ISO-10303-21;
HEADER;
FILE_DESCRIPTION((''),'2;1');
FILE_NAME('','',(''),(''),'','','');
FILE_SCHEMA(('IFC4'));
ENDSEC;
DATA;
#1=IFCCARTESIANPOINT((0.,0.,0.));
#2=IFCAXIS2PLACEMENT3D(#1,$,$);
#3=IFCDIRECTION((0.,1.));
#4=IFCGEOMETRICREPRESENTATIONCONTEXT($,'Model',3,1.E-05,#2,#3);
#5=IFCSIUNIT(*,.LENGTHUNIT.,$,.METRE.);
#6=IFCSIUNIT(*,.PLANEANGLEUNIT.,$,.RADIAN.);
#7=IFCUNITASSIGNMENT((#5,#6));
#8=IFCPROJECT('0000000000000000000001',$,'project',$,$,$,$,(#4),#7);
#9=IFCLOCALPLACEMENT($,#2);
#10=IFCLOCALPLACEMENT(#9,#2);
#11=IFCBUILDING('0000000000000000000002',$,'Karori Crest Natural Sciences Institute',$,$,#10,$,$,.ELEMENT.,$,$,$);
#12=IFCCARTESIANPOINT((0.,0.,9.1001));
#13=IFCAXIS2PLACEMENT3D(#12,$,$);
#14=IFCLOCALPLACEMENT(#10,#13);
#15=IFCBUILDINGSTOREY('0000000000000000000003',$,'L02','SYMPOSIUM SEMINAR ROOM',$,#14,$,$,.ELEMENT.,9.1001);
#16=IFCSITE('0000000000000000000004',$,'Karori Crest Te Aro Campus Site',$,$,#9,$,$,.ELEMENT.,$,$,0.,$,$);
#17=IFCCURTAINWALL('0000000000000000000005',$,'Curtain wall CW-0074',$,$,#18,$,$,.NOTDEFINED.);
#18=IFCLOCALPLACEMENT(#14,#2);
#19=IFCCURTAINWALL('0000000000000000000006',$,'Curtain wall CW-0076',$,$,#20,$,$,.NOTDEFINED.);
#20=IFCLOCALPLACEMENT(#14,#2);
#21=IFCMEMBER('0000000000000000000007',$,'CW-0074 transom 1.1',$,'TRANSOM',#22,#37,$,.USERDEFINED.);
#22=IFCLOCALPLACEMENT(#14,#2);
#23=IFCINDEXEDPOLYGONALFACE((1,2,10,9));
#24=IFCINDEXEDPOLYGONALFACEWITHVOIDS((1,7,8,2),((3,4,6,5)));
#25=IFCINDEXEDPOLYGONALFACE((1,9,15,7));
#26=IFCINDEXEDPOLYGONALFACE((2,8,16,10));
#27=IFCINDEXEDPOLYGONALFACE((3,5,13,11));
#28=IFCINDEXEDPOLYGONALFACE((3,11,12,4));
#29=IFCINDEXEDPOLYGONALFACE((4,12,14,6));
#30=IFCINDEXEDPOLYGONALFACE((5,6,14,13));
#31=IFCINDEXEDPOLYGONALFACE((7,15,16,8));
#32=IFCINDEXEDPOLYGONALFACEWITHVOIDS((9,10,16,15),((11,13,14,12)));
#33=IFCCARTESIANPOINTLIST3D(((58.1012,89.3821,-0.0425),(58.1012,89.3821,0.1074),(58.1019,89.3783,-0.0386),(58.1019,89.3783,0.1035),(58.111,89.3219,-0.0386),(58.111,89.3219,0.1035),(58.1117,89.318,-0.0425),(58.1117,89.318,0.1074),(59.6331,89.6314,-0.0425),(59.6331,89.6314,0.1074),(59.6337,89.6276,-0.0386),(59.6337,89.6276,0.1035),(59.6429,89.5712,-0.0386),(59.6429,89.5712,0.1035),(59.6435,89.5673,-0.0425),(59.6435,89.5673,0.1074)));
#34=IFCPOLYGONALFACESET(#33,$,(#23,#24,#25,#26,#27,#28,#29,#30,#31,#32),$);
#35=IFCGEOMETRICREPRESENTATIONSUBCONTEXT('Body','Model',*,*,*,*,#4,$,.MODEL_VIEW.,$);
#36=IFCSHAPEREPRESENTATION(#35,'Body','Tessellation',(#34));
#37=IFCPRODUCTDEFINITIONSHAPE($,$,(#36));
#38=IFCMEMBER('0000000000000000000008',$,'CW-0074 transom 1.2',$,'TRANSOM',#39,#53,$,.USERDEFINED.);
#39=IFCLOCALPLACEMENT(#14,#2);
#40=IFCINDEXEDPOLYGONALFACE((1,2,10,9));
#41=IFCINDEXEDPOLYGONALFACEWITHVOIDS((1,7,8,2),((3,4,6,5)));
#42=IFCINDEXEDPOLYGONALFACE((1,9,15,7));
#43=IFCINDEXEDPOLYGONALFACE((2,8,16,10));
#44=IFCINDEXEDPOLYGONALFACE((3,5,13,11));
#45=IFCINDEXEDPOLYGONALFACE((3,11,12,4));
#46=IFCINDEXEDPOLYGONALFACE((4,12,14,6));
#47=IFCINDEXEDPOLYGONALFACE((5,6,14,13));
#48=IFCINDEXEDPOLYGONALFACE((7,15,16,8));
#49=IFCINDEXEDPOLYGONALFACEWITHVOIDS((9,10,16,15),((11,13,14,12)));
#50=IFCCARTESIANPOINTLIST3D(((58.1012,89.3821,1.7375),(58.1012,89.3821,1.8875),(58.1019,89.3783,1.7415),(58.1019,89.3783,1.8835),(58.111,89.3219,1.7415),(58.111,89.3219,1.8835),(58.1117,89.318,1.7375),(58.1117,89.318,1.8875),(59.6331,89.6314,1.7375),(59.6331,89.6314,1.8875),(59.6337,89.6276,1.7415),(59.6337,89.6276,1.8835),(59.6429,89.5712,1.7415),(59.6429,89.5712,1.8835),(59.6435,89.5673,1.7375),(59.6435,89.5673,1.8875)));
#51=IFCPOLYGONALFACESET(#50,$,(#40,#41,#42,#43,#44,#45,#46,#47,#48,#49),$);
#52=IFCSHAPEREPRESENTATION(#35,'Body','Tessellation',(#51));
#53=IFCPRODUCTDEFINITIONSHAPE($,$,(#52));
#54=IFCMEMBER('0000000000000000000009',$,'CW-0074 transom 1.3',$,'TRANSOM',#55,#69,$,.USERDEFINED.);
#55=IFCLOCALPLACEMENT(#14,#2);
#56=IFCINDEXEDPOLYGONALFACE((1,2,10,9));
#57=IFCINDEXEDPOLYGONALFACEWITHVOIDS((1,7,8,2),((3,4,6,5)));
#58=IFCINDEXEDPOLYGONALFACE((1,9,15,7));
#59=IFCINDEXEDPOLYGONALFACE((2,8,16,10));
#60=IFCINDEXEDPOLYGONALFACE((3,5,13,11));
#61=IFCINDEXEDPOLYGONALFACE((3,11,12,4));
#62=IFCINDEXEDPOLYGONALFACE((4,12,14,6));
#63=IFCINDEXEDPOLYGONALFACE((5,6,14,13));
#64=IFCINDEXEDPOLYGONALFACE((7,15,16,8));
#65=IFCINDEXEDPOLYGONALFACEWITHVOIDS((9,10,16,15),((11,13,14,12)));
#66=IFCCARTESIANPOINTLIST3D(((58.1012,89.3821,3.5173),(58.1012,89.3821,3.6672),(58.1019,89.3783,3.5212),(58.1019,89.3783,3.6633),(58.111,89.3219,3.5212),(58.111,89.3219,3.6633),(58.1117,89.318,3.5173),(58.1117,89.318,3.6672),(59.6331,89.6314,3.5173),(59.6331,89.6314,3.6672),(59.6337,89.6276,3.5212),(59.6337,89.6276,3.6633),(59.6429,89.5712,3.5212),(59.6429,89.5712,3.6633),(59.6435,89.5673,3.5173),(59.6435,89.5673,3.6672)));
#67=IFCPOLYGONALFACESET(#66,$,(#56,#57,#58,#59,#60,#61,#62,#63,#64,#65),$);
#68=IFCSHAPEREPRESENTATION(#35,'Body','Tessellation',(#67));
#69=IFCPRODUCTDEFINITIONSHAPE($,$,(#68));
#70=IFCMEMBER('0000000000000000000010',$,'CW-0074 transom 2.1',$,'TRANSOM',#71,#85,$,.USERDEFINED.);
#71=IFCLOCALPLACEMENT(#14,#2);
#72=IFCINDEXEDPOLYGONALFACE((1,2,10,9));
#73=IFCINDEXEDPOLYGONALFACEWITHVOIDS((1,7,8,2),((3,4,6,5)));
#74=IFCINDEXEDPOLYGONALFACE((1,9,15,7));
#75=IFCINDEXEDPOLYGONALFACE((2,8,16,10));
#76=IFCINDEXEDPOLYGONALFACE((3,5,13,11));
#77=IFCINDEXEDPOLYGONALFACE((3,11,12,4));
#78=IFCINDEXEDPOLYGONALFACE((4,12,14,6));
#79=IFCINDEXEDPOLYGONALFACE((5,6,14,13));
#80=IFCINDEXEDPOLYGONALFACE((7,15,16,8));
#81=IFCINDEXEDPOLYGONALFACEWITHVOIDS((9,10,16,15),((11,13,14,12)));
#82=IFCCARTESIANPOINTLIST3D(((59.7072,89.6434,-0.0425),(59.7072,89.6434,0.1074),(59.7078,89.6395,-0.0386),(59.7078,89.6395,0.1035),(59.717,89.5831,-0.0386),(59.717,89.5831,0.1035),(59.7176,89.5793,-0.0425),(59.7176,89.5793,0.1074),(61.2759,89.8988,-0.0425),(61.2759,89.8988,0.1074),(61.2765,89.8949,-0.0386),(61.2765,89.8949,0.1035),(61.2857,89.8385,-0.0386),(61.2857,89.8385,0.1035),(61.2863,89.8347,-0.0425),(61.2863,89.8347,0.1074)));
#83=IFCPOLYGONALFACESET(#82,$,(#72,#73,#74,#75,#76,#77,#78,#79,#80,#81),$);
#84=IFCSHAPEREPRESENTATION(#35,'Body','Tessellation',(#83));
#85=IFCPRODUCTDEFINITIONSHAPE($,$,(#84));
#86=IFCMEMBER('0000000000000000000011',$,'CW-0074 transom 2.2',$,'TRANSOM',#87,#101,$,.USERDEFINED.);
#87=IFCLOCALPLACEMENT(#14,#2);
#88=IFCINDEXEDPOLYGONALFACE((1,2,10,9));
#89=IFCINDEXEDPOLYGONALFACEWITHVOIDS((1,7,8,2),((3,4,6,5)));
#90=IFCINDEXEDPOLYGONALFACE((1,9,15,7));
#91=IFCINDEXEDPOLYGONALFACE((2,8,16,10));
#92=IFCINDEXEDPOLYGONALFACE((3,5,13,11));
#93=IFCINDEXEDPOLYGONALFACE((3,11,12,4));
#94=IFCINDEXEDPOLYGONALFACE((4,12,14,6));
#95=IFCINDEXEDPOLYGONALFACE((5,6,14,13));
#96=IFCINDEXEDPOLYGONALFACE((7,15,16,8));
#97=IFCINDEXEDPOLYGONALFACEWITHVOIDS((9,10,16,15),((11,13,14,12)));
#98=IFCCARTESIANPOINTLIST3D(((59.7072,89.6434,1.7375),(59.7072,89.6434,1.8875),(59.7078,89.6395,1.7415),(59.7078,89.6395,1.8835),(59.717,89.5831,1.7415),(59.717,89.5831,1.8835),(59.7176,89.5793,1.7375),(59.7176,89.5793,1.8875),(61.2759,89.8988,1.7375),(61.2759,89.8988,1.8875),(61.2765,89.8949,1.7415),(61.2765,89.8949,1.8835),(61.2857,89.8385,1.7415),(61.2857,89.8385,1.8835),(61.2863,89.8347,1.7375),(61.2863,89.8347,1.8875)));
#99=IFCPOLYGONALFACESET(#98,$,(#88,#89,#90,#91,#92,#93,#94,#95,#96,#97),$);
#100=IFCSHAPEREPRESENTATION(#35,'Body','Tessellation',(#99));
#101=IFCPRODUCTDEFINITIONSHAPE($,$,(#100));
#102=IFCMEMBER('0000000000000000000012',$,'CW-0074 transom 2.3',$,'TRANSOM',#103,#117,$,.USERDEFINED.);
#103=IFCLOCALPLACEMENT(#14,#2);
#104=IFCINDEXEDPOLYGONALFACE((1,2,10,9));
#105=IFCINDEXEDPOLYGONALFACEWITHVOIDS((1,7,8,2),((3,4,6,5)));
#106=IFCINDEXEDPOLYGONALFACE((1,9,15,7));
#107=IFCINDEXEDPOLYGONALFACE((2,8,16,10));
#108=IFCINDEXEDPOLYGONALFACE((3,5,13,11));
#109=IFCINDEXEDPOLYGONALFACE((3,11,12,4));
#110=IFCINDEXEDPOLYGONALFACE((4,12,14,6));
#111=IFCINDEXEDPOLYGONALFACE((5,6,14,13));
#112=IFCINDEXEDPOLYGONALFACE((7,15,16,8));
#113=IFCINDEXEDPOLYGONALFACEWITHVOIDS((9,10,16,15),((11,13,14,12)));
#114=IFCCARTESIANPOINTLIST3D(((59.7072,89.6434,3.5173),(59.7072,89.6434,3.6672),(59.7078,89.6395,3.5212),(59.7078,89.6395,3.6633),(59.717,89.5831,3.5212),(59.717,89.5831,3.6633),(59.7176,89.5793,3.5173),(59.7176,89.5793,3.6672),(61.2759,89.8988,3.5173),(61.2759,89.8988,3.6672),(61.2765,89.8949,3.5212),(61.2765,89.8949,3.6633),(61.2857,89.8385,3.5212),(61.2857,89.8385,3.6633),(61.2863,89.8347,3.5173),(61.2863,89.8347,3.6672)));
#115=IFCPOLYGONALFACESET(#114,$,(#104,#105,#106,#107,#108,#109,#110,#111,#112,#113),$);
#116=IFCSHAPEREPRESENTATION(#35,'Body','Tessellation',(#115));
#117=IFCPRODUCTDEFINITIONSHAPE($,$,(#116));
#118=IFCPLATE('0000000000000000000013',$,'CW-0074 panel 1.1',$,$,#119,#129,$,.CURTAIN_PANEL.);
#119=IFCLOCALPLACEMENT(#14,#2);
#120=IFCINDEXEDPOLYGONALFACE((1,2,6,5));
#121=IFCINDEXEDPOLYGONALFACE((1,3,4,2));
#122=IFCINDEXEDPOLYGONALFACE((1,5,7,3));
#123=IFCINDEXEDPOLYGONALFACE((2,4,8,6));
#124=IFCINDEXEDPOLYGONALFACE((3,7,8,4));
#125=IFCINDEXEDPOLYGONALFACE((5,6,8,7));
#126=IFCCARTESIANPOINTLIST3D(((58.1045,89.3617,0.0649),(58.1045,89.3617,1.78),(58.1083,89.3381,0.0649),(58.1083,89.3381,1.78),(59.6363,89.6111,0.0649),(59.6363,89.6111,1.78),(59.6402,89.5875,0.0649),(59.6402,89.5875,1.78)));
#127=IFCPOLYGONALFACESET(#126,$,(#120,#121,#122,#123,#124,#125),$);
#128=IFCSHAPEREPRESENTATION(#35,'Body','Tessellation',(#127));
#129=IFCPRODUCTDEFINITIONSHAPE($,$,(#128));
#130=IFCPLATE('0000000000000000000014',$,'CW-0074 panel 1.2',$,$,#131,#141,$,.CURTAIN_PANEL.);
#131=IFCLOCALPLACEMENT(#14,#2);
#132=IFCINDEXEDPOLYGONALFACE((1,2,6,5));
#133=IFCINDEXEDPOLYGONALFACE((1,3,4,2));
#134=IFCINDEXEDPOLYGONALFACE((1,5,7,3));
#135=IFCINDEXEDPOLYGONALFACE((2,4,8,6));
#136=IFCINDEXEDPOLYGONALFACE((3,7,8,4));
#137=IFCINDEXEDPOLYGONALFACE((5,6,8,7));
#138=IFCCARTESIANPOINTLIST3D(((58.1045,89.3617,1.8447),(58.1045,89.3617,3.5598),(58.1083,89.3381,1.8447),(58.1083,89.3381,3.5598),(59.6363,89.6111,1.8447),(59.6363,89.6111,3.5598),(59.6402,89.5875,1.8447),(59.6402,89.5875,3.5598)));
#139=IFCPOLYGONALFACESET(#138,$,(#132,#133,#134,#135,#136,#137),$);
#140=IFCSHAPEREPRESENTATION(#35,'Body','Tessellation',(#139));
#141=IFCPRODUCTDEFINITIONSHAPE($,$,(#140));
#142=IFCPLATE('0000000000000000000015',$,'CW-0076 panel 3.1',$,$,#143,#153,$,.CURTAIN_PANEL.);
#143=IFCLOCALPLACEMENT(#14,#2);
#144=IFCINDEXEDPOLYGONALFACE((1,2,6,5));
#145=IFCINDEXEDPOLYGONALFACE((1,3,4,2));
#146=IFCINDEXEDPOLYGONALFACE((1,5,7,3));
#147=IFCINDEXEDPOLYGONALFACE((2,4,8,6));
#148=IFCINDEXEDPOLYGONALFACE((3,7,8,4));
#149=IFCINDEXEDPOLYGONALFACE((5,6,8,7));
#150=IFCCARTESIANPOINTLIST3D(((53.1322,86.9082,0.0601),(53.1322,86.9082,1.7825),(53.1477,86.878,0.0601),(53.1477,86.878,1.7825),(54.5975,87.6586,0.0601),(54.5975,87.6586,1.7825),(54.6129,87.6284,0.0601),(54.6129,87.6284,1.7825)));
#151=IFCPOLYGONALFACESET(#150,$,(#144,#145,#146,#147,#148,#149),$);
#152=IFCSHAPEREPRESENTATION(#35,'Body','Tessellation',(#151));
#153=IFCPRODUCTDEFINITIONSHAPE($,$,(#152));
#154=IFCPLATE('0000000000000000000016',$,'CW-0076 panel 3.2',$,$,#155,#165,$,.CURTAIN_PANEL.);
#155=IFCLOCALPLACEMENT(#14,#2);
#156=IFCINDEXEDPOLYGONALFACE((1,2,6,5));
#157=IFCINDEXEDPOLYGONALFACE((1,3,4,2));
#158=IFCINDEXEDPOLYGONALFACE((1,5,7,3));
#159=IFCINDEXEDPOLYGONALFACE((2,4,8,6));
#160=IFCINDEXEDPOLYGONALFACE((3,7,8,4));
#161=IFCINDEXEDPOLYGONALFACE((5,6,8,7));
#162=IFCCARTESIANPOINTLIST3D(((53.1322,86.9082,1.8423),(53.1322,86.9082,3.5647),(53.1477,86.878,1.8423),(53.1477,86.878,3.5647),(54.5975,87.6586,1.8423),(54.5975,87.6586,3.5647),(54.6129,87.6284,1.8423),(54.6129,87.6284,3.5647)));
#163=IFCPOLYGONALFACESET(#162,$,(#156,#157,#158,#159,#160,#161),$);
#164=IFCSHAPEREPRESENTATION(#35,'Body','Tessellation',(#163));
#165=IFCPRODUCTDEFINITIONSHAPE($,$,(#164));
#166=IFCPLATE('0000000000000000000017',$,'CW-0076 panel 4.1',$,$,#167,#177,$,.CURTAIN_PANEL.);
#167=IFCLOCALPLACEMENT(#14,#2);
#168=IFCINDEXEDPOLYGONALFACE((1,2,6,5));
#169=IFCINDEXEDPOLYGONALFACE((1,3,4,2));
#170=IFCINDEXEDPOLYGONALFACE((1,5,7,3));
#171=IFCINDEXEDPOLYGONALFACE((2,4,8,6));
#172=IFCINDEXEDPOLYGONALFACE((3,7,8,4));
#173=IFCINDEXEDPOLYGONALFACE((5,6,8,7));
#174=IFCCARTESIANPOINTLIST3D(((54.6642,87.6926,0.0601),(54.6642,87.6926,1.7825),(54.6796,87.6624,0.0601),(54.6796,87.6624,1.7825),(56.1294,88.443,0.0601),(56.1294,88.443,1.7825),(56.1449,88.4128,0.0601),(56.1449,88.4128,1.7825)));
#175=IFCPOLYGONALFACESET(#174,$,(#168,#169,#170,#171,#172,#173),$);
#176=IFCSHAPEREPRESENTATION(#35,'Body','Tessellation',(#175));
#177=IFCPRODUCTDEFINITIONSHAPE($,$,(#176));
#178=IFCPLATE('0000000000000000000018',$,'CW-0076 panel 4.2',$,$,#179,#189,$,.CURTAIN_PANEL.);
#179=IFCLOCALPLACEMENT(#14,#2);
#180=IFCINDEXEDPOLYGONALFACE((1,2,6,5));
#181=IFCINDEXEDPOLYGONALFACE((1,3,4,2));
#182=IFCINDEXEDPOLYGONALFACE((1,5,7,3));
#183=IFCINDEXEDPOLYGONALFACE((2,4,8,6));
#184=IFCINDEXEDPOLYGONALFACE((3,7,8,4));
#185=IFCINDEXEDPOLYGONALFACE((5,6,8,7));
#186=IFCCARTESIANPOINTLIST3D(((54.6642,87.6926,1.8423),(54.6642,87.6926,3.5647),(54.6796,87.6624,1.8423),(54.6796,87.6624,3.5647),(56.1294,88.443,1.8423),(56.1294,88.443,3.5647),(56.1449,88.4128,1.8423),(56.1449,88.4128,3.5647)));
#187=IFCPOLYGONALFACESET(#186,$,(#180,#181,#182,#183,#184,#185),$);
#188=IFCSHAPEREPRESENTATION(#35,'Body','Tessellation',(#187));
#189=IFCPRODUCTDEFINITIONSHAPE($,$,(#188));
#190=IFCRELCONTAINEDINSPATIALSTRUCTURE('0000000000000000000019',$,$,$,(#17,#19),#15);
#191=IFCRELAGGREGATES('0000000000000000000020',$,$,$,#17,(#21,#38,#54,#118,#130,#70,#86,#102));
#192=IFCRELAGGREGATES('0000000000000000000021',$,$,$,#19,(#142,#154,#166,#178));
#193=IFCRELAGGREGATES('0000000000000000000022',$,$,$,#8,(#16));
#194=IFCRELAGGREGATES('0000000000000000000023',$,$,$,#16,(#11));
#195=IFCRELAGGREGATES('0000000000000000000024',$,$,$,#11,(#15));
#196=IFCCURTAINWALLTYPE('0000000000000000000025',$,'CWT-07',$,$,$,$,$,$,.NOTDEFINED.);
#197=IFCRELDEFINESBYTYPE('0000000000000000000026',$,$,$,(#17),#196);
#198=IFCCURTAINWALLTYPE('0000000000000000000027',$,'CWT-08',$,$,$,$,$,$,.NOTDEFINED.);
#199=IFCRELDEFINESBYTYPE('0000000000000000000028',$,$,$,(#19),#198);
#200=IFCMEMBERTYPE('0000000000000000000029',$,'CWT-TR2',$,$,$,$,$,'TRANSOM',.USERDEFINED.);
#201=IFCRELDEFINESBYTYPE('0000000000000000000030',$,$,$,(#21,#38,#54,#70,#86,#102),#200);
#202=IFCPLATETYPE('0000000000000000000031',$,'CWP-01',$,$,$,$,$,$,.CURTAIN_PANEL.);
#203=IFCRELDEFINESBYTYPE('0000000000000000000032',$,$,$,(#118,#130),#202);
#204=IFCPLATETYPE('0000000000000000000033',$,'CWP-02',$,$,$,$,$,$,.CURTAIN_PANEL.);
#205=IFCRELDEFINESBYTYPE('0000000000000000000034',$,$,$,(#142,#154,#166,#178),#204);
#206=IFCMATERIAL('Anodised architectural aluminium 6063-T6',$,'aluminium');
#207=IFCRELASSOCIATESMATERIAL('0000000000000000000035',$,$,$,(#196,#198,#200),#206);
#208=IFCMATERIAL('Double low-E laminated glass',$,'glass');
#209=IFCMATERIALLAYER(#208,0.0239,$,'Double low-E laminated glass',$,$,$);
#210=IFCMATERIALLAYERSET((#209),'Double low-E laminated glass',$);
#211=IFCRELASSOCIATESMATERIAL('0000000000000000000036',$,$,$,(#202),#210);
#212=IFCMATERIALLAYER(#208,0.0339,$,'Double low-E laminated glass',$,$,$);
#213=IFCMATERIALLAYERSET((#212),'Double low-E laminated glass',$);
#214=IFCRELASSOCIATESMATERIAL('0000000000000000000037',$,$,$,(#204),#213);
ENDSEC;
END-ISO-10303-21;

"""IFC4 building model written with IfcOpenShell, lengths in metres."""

from ifc_helpers import new_model, si_unit, direction, frame, origin, origin_2d, place, context, subcontext, project, spatial, rectangle, hollow_rectangle, extrude, material, layer, layer_set, material_profile, profile_set, type_object, element, aggregate, save


model = new_model("IFC4")

# Units and contexts
model_context = context("Model", 3, precision=1e-05, world=origin(), true_north=direction((0.0, 1.0)))
body_context = subcontext(model_context, "Body", "Model", "MODEL_VIEW")
ifc_project = project(units=[si_unit("LENGTHUNIT", "METRE"), si_unit("PLANEANGLEUNIT", "RADIAN")], contexts=[model_context])

# Site, building, storey
site_placement = place(None, origin())
site = spatial("IfcSite", under=ifc_project, at=site_placement, Name="Karori Crest Te Aro Campus Site", CompositionType="ELEMENT", RefElevation=0.0)
building_placement = place(site_placement, origin())
building = spatial("IfcBuilding", under=site, at=building_placement, Name="Karori Crest Natural Sciences Institute", CompositionType="ELEMENT")
storey_placement = place(building_placement, frame((0.0, 0.0, 9.1001)))
storey = spatial("IfcBuildingStorey", under=building, at=storey_placement, Name="L02", Description="SYMPOSIUM SEMINAR ROOM", CompositionType="ELEMENT", Elevation=9.1001)

# Curtain walls
ifc_material_1 = material(Name="Anodised architectural aluminium 6063-T6", Category="aluminium")
curtain_wall_type_1 = type_object("IfcCurtainWallType", Name="CWT-07", PredefinedType="NOTDEFINED", material=ifc_material_1)
curtain_wall_1_placement = place(storey_placement, origin())
curtain_wall_1 = element("IfcCurtainWall", 1, at=curtain_wall_1_placement, inside=storey, type_object=curtain_wall_type_1, Name="Curtain wall CW-0074", PredefinedType="NOTDEFINED")
curtain_wall_type_2 = type_object("IfcCurtainWallType", Name="CWT-08", PredefinedType="NOTDEFINED", material=ifc_material_1)
curtain_wall_2_placement = place(storey_placement, origin())
curtain_wall_2 = element("IfcCurtainWall", 2, at=curtain_wall_2_placement, inside=storey, type_object=curtain_wall_type_2, Name="Curtain wall CW-0076", PredefinedType="NOTDEFINED")

# Members
ifc_material_profile_1 = material_profile(ifc_material_1, hollow_rectangle(XDim=0.0649, YDim=0.1499, WallThickness=0.0039, at=origin_2d()), Name="CWT150x65x4")
ifc_profile_set_1 = profile_set([ifc_material_profile_1], Name="Anodised architectural aluminium 6063-T6")
member_type_1 = type_object("IfcMemberType", Name="CWT-TR2", ElementType="TRANSOM", PredefinedType="USERDEFINED", material=ifc_profile_set_1)
member_1_placement = place(storey_placement, frame((58.1064, 89.3501, 0.0325), z_axis=(0.987016, 0.160622, 0.0), x_axis=(-0.160622, 0.987016, 0.0)))
member_1 = element("IfcMember", 3, at=member_1_placement, type_object=member_type_1, Name="CW-0074 transom 1.1", ObjectType="TRANSOM", PredefinedType="USERDEFINED", context=body_context, shape_type="SweptSolid", body=[
    extrude(hollow_rectangle(XDim=0.0649, YDim=0.1499, WallThickness=0.0039, at=origin_2d()), origin(), (0.0, 0.0, 1.0), 1.552),
])
member_2_placement = place(storey_placement, frame((58.1064, 89.3501, 1.8125), z_axis=(0.987016, 0.160622, 0.0), x_axis=(-0.160622, 0.987016, 0.0)))
member_2 = element("IfcMember", 4, at=member_2_placement, type_object=member_type_1, Name="CW-0074 transom 1.2", ObjectType="TRANSOM", PredefinedType="USERDEFINED", context=body_context, shape_type="SweptSolid", body=[
    extrude(hollow_rectangle(XDim=0.0649, YDim=0.1499, WallThickness=0.0039, at=origin_2d()), origin(), (0.0, 0.0, 1.0), 1.552),
])
member_3_placement = place(storey_placement, frame((58.1064, 89.3501, 3.5923), z_axis=(0.987016, 0.160622, 0.0), x_axis=(-0.160622, 0.987016, 0.0)))
member_3 = element("IfcMember", 5, at=member_3_placement, type_object=member_type_1, Name="CW-0074 transom 1.3", ObjectType="TRANSOM", PredefinedType="USERDEFINED", context=body_context, shape_type="SweptSolid", body=[
    extrude(hollow_rectangle(XDim=0.0649, YDim=0.1499, WallThickness=0.0039, at=origin_2d()), origin(), (0.0, 0.0, 1.0), 1.552),
])
member_4_placement = place(storey_placement, frame((59.7124, 89.6113, 0.0325), z_axis=(0.987006, 0.160686, 0.0), x_axis=(-0.160686, 0.987006, 0.0)))
member_4 = element("IfcMember", 6, at=member_4_placement, type_object=member_type_1, Name="CW-0074 transom 2.1", ObjectType="TRANSOM", PredefinedType="USERDEFINED", context=body_context, shape_type="SweptSolid", body=[
    extrude(hollow_rectangle(XDim=0.0649, YDim=0.1499, WallThickness=0.0039, at=origin_2d()), origin(), (0.0, 0.0, 1.0), 1.5894),
])
member_5_placement = place(storey_placement, frame((59.7124, 89.6113, 1.8125), z_axis=(0.987006, 0.160686, 0.0), x_axis=(-0.160686, 0.987006, 0.0)))
member_5 = element("IfcMember", 7, at=member_5_placement, type_object=member_type_1, Name="CW-0074 transom 2.2", ObjectType="TRANSOM", PredefinedType="USERDEFINED", context=body_context, shape_type="SweptSolid", body=[
    extrude(hollow_rectangle(XDim=0.0649, YDim=0.1499, WallThickness=0.0039, at=origin_2d()), origin(), (0.0, 0.0, 1.0), 1.5894),
])
member_6_placement = place(storey_placement, frame((59.7124, 89.6113, 3.5923), z_axis=(0.987006, 0.160686, 0.0), x_axis=(-0.160686, 0.987006, 0.0)))
member_6 = element("IfcMember", 8, at=member_6_placement, type_object=member_type_1, Name="CW-0074 transom 2.3", ObjectType="TRANSOM", PredefinedType="USERDEFINED", context=body_context, shape_type="SweptSolid", body=[
    extrude(hollow_rectangle(XDim=0.0649, YDim=0.1499, WallThickness=0.0039, at=origin_2d()), origin(), (0.0, 0.0, 1.0), 1.5894),
])

# Plates
ifc_material_2 = material(Name="Double low-E laminated glass", Category="glass")
ifc_layer_1 = layer(ifc_material_2, 0.0239, Name="Double low-E laminated glass")
ifc_layer_set_1 = layer_set([ifc_layer_1], Name="Double low-E laminated glass")
plate_type_1 = type_object("IfcPlateType", Name="CWP-01", PredefinedType="CURTAIN_PANEL", material=ifc_layer_set_1)
plate_1_placement = place(storey_placement, frame((58.8723, 89.4746, 0.0649), z_axis=(0.0, 0.0, 1.0), x_axis=(0.98701, 0.160657, 0.0)))
plate_1 = element("IfcPlate", 9, at=plate_1_placement, type_object=plate_type_1, Name="CW-0074 panel 1.1", PredefinedType="CURTAIN_PANEL", context=body_context, shape_type="SweptSolid", body=[
    extrude(rectangle(XDim=1.552, YDim=0.0239, at=origin_2d()), origin(), (0.0, 0.0, 1.0), 1.7151),
])
plate_2_placement = place(storey_placement, frame((58.8723, 89.4746, 1.8447), z_axis=(0.0, 0.0, 1.0), x_axis=(0.98701, 0.160657, 0.0)))
plate_2 = element("IfcPlate", 10, at=plate_2_placement, type_object=plate_type_1, Name="CW-0074 panel 1.2", PredefinedType="CURTAIN_PANEL", context=body_context, shape_type="SweptSolid", body=[
    extrude(rectangle(XDim=1.552, YDim=0.0239, at=origin_2d()), origin(), (0.0, 0.0, 1.0), 1.7151),
])
aggregate(curtain_wall_1, [member_1, member_2, member_3, plate_1, plate_2, member_4, member_5, member_6])
ifc_layer_2 = layer(ifc_material_2, 0.0339, Name="Double low-E laminated glass")
ifc_layer_set_2 = layer_set([ifc_layer_2], Name="Double low-E laminated glass")
plate_type_2 = type_object("IfcPlateType", Name="CWP-02", PredefinedType="CURTAIN_PANEL", material=ifc_layer_set_2)
plate_3_placement = place(storey_placement, frame((53.8726, 87.2683, 0.0601), z_axis=(0.0, 0.0, 1.0), x_axis=(0.890065, 0.455833, 0.0)))
plate_3 = element("IfcPlate", 11, at=plate_3_placement, type_object=plate_type_2, Name="CW-0076 panel 3.1", PredefinedType="CURTAIN_PANEL", context=body_context, shape_type="SweptSolid", body=[
    extrude(rectangle(XDim=1.6462, YDim=0.0339, at=origin_2d()), origin(), (0.0, 0.0, 1.0), 1.7224),
])
plate_4_placement = place(storey_placement, frame((53.8726, 87.2683, 1.8423), z_axis=(0.0, 0.0, 1.0), x_axis=(0.890065, 0.455833, 0.0)))
plate_4 = element("IfcPlate", 12, at=plate_4_placement, type_object=plate_type_2, Name="CW-0076 panel 3.2", PredefinedType="CURTAIN_PANEL", context=body_context, shape_type="SweptSolid", body=[
    extrude(rectangle(XDim=1.6462, YDim=0.0339, at=origin_2d()), origin(), (0.0, 0.0, 1.0), 1.7224),
])
plate_5_placement = place(storey_placement, frame((55.4045, 88.0527, 0.0601), z_axis=(0.0, 0.0, 1.0), x_axis=(0.890065, 0.455833, 0.0)))
plate_5 = element("IfcPlate", 13, at=plate_5_placement, type_object=plate_type_2, Name="CW-0076 panel 4.1", PredefinedType="CURTAIN_PANEL", context=body_context, shape_type="SweptSolid", body=[
    extrude(rectangle(XDim=1.6462, YDim=0.0339, at=origin_2d()), origin(), (0.0, 0.0, 1.0), 1.7224),
])
plate_6_placement = place(storey_placement, frame((55.4045, 88.0527, 1.8423), z_axis=(0.0, 0.0, 1.0), x_axis=(0.890065, 0.455833, 0.0)))
plate_6 = element("IfcPlate", 14, at=plate_6_placement, type_object=plate_type_2, Name="CW-0076 panel 4.2", PredefinedType="CURTAIN_PANEL", context=body_context, shape_type="SweptSolid", body=[
    extrude(rectangle(XDim=1.6462, YDim=0.0339, at=origin_2d()), origin(), (0.0, 0.0, 1.0), 1.7224),
])
aggregate(curtain_wall_2, [plate_3, plate_4, plate_5, plate_6])

save(model, "model.ifc")
